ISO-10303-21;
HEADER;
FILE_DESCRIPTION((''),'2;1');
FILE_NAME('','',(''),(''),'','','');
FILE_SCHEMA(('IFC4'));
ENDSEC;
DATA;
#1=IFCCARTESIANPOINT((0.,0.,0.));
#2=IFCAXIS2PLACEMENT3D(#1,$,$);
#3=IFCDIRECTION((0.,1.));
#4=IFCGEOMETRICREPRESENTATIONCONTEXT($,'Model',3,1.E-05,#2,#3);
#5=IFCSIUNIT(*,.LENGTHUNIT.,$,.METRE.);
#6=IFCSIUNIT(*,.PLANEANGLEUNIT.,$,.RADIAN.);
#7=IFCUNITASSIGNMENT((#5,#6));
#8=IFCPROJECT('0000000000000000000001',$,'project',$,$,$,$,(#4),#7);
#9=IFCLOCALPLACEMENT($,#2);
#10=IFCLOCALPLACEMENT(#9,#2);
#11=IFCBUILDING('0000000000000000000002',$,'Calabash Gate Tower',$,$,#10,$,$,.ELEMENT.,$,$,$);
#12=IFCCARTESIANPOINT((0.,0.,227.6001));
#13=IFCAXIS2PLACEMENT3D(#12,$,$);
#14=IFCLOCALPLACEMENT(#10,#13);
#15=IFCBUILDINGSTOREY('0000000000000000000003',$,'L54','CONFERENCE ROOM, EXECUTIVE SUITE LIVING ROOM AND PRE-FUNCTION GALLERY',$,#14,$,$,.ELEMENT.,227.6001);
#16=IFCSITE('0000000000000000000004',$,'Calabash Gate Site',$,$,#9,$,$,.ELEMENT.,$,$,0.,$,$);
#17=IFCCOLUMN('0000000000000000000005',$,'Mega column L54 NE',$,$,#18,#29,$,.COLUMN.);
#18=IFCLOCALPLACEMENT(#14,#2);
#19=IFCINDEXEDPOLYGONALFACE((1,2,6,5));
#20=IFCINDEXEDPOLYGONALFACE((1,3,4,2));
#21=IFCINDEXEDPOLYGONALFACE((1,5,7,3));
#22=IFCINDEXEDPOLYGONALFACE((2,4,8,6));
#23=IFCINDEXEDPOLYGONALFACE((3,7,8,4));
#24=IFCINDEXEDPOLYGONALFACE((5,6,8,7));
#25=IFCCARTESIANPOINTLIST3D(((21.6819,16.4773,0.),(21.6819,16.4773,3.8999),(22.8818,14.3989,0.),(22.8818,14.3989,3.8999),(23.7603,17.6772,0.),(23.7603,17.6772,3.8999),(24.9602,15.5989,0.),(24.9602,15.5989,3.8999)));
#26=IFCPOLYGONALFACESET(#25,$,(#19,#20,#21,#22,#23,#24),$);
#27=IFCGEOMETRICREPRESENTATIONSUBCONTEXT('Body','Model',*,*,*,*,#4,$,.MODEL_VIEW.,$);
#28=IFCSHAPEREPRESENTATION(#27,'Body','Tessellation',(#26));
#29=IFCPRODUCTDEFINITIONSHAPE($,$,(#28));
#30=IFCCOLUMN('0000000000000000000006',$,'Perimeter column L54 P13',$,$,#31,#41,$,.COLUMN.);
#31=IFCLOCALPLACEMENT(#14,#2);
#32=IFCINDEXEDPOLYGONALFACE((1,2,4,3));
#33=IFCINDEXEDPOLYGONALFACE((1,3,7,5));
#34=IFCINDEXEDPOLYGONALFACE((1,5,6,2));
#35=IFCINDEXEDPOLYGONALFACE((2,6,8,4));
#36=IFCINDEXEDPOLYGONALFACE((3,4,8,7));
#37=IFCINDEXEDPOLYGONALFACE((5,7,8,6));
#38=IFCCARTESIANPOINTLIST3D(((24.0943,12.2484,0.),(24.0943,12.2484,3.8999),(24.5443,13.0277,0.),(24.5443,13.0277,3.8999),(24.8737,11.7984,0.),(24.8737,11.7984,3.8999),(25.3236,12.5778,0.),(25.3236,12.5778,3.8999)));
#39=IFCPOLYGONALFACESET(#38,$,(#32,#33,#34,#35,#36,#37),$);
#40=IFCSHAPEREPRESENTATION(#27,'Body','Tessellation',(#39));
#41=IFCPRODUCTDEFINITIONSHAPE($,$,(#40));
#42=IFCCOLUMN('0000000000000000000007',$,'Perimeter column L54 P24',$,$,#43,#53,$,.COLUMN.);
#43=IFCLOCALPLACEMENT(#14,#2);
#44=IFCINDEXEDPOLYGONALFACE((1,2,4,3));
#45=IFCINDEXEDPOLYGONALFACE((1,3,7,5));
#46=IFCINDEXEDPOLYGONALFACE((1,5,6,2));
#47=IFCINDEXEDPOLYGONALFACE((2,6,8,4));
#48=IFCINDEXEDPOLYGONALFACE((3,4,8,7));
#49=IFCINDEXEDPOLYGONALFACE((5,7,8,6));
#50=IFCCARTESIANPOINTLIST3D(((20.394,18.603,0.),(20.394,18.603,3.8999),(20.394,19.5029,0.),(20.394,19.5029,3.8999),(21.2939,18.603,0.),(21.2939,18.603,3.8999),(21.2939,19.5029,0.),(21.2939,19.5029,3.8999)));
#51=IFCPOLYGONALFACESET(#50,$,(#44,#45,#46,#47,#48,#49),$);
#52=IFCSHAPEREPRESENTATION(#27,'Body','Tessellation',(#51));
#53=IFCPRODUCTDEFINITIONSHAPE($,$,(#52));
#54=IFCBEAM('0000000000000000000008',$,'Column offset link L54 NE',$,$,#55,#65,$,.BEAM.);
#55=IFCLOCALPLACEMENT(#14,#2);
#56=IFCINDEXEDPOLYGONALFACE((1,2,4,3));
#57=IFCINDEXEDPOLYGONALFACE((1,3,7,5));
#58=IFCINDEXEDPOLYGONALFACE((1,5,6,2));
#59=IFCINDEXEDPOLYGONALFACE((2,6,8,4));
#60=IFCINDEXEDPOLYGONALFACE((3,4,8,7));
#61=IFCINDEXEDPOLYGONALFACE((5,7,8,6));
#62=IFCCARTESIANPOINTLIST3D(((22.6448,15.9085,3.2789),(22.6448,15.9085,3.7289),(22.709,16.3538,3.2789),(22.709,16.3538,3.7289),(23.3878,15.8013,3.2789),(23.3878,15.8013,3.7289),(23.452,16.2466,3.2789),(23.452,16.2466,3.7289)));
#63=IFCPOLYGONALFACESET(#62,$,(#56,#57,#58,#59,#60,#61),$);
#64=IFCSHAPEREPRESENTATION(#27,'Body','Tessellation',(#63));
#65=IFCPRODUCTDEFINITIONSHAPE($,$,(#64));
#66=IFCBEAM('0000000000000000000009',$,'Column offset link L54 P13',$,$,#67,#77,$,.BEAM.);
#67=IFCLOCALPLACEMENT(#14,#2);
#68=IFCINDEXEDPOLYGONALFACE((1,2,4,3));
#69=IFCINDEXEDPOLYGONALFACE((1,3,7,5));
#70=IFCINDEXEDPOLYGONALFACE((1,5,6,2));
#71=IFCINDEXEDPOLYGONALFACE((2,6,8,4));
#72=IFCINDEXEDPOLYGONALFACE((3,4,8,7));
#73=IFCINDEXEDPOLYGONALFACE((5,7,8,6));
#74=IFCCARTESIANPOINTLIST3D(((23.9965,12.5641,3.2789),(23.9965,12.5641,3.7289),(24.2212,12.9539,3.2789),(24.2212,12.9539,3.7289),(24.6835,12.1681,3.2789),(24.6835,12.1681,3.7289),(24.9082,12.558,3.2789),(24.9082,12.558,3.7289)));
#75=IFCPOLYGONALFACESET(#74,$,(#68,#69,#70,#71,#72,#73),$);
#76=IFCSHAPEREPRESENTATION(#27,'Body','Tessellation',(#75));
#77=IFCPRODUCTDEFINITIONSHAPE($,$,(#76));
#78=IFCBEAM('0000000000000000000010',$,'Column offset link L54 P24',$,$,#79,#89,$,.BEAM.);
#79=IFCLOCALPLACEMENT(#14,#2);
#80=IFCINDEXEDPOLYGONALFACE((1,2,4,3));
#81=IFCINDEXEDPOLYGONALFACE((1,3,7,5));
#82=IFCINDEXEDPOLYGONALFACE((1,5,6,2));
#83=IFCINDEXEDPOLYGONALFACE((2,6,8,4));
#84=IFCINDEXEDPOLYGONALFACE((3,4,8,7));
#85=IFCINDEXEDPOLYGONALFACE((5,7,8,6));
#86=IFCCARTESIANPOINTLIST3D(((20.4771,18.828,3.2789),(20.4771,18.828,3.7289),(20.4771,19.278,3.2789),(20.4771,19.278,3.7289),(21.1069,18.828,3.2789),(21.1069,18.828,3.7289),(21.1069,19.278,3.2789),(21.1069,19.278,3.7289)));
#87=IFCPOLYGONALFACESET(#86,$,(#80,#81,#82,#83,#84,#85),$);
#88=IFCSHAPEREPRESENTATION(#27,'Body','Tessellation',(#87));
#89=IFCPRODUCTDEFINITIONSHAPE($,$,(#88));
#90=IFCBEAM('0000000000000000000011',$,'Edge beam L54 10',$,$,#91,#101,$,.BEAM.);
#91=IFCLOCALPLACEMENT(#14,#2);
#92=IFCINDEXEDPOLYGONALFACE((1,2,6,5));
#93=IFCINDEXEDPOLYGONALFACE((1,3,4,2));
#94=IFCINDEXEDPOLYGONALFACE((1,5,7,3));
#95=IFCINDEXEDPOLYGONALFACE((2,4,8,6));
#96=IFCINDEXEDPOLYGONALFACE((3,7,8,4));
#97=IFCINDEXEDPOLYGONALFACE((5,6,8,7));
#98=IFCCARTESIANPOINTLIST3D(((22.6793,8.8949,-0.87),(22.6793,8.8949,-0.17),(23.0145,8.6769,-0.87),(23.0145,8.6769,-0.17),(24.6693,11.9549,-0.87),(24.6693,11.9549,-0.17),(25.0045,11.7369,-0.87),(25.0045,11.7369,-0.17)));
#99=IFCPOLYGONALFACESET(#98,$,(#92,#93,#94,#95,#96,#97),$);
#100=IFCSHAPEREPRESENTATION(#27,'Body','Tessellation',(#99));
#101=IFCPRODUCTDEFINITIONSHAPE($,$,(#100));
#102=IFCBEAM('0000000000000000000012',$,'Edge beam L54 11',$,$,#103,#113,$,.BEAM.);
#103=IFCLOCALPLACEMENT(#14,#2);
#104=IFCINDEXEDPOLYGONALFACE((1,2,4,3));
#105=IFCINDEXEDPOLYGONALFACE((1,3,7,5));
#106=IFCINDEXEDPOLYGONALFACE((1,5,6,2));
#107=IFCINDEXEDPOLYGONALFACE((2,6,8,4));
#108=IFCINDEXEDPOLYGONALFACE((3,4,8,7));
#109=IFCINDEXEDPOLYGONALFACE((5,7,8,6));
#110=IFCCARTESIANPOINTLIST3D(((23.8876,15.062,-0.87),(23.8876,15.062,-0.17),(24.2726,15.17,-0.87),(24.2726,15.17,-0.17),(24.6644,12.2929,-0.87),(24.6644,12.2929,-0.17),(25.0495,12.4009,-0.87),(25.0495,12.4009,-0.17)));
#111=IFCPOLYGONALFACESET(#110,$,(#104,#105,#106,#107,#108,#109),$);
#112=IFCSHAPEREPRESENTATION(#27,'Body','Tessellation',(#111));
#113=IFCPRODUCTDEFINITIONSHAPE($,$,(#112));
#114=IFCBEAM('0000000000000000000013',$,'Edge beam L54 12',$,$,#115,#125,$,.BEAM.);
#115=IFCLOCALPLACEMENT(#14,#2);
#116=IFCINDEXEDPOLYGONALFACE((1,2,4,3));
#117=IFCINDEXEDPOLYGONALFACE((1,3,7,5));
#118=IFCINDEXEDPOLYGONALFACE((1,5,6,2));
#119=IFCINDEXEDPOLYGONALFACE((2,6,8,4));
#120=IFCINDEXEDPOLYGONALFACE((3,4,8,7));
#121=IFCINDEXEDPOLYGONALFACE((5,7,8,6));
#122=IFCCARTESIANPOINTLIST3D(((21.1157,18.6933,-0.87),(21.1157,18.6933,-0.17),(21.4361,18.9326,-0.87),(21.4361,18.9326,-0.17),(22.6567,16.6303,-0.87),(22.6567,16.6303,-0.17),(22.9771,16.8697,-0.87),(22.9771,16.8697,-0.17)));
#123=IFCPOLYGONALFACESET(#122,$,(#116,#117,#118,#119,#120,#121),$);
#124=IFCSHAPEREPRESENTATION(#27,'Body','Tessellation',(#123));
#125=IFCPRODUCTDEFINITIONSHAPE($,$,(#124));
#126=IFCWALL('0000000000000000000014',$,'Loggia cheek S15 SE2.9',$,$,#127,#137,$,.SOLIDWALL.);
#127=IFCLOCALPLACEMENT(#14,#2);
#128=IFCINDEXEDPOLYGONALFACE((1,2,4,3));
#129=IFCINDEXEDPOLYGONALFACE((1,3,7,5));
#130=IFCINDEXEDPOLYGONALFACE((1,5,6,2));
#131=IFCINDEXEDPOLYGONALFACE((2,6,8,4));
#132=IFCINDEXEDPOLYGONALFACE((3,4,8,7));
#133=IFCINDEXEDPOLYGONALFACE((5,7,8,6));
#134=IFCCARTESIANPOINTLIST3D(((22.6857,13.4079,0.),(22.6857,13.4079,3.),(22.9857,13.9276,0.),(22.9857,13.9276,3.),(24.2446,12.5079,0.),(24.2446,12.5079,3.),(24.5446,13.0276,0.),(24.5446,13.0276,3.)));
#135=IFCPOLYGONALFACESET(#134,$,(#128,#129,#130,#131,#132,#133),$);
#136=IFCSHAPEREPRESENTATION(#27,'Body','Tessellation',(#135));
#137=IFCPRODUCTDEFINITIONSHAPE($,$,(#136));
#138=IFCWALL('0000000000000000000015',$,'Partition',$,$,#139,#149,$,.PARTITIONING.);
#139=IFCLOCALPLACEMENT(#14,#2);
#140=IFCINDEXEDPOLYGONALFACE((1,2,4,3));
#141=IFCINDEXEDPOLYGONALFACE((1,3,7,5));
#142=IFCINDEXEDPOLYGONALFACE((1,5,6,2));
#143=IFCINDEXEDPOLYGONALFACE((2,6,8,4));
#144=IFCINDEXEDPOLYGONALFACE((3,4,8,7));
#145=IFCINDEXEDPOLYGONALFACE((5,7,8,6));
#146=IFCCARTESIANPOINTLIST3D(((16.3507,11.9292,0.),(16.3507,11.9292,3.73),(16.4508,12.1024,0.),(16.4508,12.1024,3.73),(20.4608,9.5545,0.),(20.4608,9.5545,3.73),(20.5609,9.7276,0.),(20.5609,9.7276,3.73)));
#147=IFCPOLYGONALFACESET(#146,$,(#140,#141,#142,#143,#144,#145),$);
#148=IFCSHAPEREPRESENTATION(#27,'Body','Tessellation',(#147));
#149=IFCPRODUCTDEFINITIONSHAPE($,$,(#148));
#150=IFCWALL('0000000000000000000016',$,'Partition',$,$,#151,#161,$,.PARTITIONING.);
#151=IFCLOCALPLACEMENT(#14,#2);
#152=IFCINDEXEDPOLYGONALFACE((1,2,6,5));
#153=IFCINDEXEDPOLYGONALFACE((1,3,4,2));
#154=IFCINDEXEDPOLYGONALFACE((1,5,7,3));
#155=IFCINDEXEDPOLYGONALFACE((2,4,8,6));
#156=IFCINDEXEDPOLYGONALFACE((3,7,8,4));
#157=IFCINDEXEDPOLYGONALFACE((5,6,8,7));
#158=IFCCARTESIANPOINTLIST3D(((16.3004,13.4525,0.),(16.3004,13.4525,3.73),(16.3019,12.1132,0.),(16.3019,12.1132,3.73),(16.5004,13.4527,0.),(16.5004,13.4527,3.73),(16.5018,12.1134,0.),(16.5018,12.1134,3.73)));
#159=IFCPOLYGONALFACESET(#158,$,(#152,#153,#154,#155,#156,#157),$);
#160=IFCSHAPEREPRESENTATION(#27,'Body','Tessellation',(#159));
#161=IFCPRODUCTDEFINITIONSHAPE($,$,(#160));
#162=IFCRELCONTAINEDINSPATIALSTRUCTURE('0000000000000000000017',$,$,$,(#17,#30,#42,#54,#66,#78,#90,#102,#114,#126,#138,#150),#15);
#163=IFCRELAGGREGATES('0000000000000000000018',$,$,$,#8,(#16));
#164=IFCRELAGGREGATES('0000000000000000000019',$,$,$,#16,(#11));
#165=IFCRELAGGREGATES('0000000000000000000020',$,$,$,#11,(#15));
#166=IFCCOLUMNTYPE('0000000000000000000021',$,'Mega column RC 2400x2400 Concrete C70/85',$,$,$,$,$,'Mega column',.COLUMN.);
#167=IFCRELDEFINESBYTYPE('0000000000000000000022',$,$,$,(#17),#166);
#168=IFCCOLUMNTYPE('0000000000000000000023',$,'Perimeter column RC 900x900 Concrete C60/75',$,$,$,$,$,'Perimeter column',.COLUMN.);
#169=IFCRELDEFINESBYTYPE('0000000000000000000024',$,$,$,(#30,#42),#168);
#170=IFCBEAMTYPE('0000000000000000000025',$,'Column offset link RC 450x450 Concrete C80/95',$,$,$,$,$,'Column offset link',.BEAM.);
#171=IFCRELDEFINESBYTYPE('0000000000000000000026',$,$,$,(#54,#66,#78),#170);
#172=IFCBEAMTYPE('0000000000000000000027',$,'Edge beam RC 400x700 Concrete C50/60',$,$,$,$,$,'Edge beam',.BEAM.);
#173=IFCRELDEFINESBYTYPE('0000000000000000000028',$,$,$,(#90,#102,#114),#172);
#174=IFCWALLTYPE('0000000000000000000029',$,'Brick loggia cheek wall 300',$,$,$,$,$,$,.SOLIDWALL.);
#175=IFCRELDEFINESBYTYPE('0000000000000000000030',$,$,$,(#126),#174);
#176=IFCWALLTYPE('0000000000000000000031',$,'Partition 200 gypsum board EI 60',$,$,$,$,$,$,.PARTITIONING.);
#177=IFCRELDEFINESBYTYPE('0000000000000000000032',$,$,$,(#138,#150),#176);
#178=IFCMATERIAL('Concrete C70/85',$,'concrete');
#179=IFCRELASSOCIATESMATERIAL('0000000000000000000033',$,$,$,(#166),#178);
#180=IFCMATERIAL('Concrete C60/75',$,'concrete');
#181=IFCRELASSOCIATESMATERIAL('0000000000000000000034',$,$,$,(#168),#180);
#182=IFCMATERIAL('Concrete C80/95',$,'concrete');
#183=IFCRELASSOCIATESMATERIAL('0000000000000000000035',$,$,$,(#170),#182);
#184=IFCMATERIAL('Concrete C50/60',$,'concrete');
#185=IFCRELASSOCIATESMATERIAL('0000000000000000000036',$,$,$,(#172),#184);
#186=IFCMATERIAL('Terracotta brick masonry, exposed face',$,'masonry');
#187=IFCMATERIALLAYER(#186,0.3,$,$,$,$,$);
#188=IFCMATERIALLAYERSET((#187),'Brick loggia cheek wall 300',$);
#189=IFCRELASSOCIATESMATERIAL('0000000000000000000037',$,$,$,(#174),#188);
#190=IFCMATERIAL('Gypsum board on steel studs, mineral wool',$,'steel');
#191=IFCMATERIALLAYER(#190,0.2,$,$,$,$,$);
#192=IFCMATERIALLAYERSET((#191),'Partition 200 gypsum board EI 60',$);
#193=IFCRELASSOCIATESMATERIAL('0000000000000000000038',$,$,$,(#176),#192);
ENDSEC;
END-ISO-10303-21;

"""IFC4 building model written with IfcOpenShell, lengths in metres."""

from ifc_helpers import new_model, si_unit, direction, frame, frame_2d, origin, origin_2d, place, context, subcontext, project, spatial, rectangle, extrude, material, layer, layer_set, material_profile, profile_set, type_object, element, save


model = new_model("IFC4")

# Units and contexts
model_context = context("Model", 3, precision=1e-05, world=origin(), true_north=direction((0.0, 1.0)))
body_context = subcontext(model_context, "Body", "Model", "MODEL_VIEW")
ifc_project = project(units=[si_unit("LENGTHUNIT", "METRE"), si_unit("PLANEANGLEUNIT", "RADIAN")], contexts=[model_context])

# Site, building, storey
site_placement = place(None, origin())
site = spatial("IfcSite", under=ifc_project, at=site_placement, Name="Calabash Gate Site", CompositionType="ELEMENT", RefElevation=0.0)
building_placement = place(site_placement, origin())
building = spatial("IfcBuilding", under=site, at=building_placement, Name="Calabash Gate Tower", CompositionType="ELEMENT")
storey_placement = place(building_placement, frame((0.0, 0.0, 227.6001)))
storey = spatial("IfcBuildingStorey", under=building, at=storey_placement, Name="L54", Description="CONFERENCE ROOM, EXECUTIVE SUITE LIVING ROOM AND PRE-FUNCTION GALLERY", CompositionType="ELEMENT", Elevation=227.6001)

# Columns
ifc_material_1 = material(Name="Concrete C70/85", Category="concrete")
ifc_material_profile_1 = material_profile(ifc_material_1, rectangle(XDim=2.3999, YDim=2.3999, at=origin_2d()))
ifc_profile_set_1 = profile_set([ifc_material_profile_1], Name="Concrete C70/85")
column_type_1 = type_object("IfcColumnType", Name="Mega column RC 2400x2400 Concrete C70/85", ElementType="Mega column", PredefinedType="COLUMN", material=ifc_profile_set_1)
column_placement = place(storey_placement, frame((23.321, 16.0381, 0.0), z_axis=(0.0, 0.0, 1.0), x_axis=(-0.866025, -0.5, 0.0)))
element("IfcColumn", 1, at=column_placement, inside=storey, type_object=column_type_1, Name="Mega column L54 NE", PredefinedType="COLUMN", context=body_context, shape_type="SweptSolid", body=[
    extrude(rectangle(XDim=2.3999, YDim=2.3999, at=origin_2d()), origin(), (0.0, 0.0, 1.0), 3.8999),
])
ifc_material_2 = material(Name="Concrete C60/75", Category="concrete")
ifc_material_profile_2 = material_profile(ifc_material_2, rectangle(XDim=0.8999, YDim=0.8999, at=origin_2d()))
ifc_profile_set_2 = profile_set([ifc_material_profile_2], Name="Concrete C60/75")
column_type_2 = type_object("IfcColumnType", Name="Perimeter column RC 900x900 Concrete C60/75", ElementType="Perimeter column", PredefinedType="COLUMN", material=ifc_profile_set_2)
for number, where, z_axis, x_axis, name in (
    (2, (24.709, 12.4131, 0.0), (0.0, 0.0, 1.0), (0.5, 0.866025, 0.0), "Perimeter column L54 P13"),
    (3, (20.844, 19.053, 0.0), (0.0, 0.0, 1.0), (-1.0, 0.0, 0.0), "Perimeter column L54 P24"),
):
    element("IfcColumn", number, at=place(storey_placement, frame(where, z_axis=z_axis, x_axis=x_axis)), inside=storey, type_object=column_type_2, Name=name, PredefinedType="COLUMN", context=body_context, shape_type="SweptSolid", body=[
        extrude(rectangle(XDim=0.8999, YDim=0.8999, at=origin_2d()), origin(), (0.0, 0.0, 1.0), 3.8999),
    ])

# Beams
ifc_material_3 = material(Name="Concrete C80/95", Category="concrete")
ifc_material_profile_3 = material_profile(ifc_material_3, rectangle(XDim=0.45, YDim=0.45, at=origin_2d()))
ifc_profile_set_3 = profile_set([ifc_material_profile_3], Name="Concrete C80/95")
beam_type_1 = type_object("IfcBeamType", Name="Column offset link RC 450x450 Concrete C80/95", ElementType="Column offset link", PredefinedType="BEAM", material=ifc_profile_set_3)
beam_1_placement = place(storey_placement, frame((23.4199, 16.0239, 3.5039), z_axis=(-0.989753, 0.142787, 0.0), x_axis=(-0.142787, -0.989753, 0.0)))
element("IfcBeam", 4, at=beam_1_placement, inside=storey, type_object=beam_type_1, Name="Column offset link L54 NE", PredefinedType="BEAM", context=body_context, shape_type="SweptSolid", body=[
    extrude(rectangle(XDim=0.45, YDim=0.45, at=origin_2d()), origin(), (0.0, 0.0, 1.0), 0.7507),
])
beam_2_placement = place(storey_placement, frame((24.7959, 12.363, 3.5039), z_axis=(-0.86638, 0.499385, 0.0), x_axis=(-0.499385, -0.86638, 0.0)))
element("IfcBeam", 5, at=beam_2_placement, inside=storey, type_object=beam_type_1, Name="Column offset link L54 P13", PredefinedType="BEAM", context=body_context, shape_type="SweptSolid", body=[
    extrude(rectangle(XDim=0.45, YDim=0.45, at=origin_2d()), origin(), (0.0, 0.0, 1.0), 0.793),
])
beam_3_placement = place(storey_placement, frame((21.1069, 19.053, 3.5039), z_axis=(-1.0, 0.0, 0.0), x_axis=(0.0, -1.0, 0.0)))
element("IfcBeam", 6, at=beam_3_placement, inside=storey, type_object=beam_type_1, Name="Column offset link L54 P24", PredefinedType="BEAM", context=body_context, shape_type="SweptSolid", body=[
    extrude(rectangle(XDim=0.45, YDim=0.45, at=origin_2d()), origin(), (0.0, 0.0, 1.0), 0.6299),
])
ifc_material_4 = material(Name="Concrete C50/60", Category="concrete")
ifc_material_profile_4 = material_profile(ifc_material_4, rectangle(XDim=0.3999, YDim=0.7, at=origin_2d()))
ifc_profile_set_4 = profile_set([ifc_material_profile_4], Name="Concrete C50/60")
beam_type_2 = type_object("IfcBeamType", Name="Edge beam RC 400x700 Concrete C50/60", ElementType="Edge beam", PredefinedType="BEAM", material=ifc_profile_set_4)
beam_4_placement = place(storey_placement, frame((22.8469, 8.7859, -0.52), z_axis=(0.545172, 0.838324, 0.0), x_axis=(-0.838324, 0.545172, 0.0)))
element("IfcBeam", 7, at=beam_4_placement, inside=storey, type_object=beam_type_2, Name="Edge beam L54 10", PredefinedType="BEAM", context=body_context, shape_type="SweptSolid", body=[
    extrude(rectangle(XDim=0.3999, YDim=0.7, at=origin_2d()), origin(), (0.0, 0.0, 1.0), 3.6501),
])
beam_5_placement = place(storey_placement, frame((24.8569, 12.3469, -0.52), z_axis=(-0.270121, 0.962826, 0.0), x_axis=(-0.962826, -0.270121, 0.0)))
element("IfcBeam", 8, at=beam_5_placement, inside=storey, type_object=beam_type_2, Name="Edge beam L54 11", PredefinedType="BEAM", context=body_context, shape_type="SweptSolid", body=[
    extrude(rectangle(XDim=0.3999, YDim=0.7, at=origin_2d()), origin(), (0.0, 0.0, 1.0), 2.876),
])
beam_6_placement = place(storey_placement, frame((22.8169, 16.75, -0.52), z_axis=(-0.598452, 0.801159, 0.0), x_axis=(-0.801159, -0.598452, 0.0)))
element("IfcBeam", 9, at=beam_6_placement, inside=storey, type_object=beam_type_2, Name="Edge beam L54 12", PredefinedType="BEAM", context=body_context, shape_type="SweptSolid", body=[
    extrude(rectangle(XDim=0.3999, YDim=0.7, at=origin_2d()), origin(), (0.0, 0.0, 1.0), 2.575),
])

# Walls
ifc_material_5 = material(Name="Terracotta brick masonry, exposed face", Category="masonry")
ifc_layer_1 = layer(ifc_material_5, 0.3)
ifc_layer_set_1 = layer_set([ifc_layer_1], Name="Brick loggia cheek wall 300")
wall_type_1 = type_object("IfcWallType", Name="Brick loggia cheek wall 300", PredefinedType="SOLIDWALL", material=ifc_layer_set_1)
wall_1_placement = place(storey_placement, frame((24.3945, 12.7678, 0.0), z_axis=(0.0, 0.0, 1.0), x_axis=(-0.866048, 0.499961, 0.0)))
element("IfcWall", 10, at=wall_1_placement, inside=storey, type_object=wall_type_1, Name="Loggia cheek S15 SE2.9", PredefinedType="SOLIDWALL", context=body_context, shape_type="SweptSolid", body=[
    extrude(rectangle(XDim=1.8, YDim=0.6001, at=frame_2d((0.8999, 0.0))), origin(), (0.0, 0.0, 1.0), 3.0),
])
ifc_material_6 = material(Name="Gypsum board on steel studs, mineral wool", Category="steel")
ifc_layer_2 = layer(ifc_material_6, 0.2)
ifc_layer_set_2 = layer_set([ifc_layer_2], Name="Partition 200 gypsum board EI 60")
wall_type_2 = type_object("IfcWallType", Name="Partition 200 gypsum board EI 60", PredefinedType="PARTITIONING", material=ifc_layer_set_2)
wall_2_placement = place(storey_placement, frame((16.4006, 12.0159, 0.0), z_axis=(0.0, 0.0, 1.0), x_axis=(0.865863, -0.500282, 0.0)))
element("IfcWall", 11, at=wall_2_placement, inside=storey, type_object=wall_type_2, Name="Partition", PredefinedType="PARTITIONING", context=body_context, shape_type="SweptSolid", body=[
    extrude(rectangle(XDim=4.7468, YDim=0.2, at=frame_2d((2.3735, 0.0))), origin(), (0.0, 0.0, 1.0), 3.73),
])
wall_3_placement = place(storey_placement, frame((16.4004, 13.4526, 0.0), z_axis=(0.0, 0.0, 1.0), x_axis=(0.001094, -0.999999, 0.0)))
element("IfcWall", 12, at=wall_3_placement, inside=storey, type_object=wall_type_2, Name="Partition", PredefinedType="PARTITIONING", context=body_context, shape_type="SweptSolid", body=[
    extrude(rectangle(XDim=1.3394, YDim=0.2, at=frame_2d((0.6697, 0.0))), origin(), (0.0, 0.0, 1.0), 3.73),
])

save(model, "model.ifc")
